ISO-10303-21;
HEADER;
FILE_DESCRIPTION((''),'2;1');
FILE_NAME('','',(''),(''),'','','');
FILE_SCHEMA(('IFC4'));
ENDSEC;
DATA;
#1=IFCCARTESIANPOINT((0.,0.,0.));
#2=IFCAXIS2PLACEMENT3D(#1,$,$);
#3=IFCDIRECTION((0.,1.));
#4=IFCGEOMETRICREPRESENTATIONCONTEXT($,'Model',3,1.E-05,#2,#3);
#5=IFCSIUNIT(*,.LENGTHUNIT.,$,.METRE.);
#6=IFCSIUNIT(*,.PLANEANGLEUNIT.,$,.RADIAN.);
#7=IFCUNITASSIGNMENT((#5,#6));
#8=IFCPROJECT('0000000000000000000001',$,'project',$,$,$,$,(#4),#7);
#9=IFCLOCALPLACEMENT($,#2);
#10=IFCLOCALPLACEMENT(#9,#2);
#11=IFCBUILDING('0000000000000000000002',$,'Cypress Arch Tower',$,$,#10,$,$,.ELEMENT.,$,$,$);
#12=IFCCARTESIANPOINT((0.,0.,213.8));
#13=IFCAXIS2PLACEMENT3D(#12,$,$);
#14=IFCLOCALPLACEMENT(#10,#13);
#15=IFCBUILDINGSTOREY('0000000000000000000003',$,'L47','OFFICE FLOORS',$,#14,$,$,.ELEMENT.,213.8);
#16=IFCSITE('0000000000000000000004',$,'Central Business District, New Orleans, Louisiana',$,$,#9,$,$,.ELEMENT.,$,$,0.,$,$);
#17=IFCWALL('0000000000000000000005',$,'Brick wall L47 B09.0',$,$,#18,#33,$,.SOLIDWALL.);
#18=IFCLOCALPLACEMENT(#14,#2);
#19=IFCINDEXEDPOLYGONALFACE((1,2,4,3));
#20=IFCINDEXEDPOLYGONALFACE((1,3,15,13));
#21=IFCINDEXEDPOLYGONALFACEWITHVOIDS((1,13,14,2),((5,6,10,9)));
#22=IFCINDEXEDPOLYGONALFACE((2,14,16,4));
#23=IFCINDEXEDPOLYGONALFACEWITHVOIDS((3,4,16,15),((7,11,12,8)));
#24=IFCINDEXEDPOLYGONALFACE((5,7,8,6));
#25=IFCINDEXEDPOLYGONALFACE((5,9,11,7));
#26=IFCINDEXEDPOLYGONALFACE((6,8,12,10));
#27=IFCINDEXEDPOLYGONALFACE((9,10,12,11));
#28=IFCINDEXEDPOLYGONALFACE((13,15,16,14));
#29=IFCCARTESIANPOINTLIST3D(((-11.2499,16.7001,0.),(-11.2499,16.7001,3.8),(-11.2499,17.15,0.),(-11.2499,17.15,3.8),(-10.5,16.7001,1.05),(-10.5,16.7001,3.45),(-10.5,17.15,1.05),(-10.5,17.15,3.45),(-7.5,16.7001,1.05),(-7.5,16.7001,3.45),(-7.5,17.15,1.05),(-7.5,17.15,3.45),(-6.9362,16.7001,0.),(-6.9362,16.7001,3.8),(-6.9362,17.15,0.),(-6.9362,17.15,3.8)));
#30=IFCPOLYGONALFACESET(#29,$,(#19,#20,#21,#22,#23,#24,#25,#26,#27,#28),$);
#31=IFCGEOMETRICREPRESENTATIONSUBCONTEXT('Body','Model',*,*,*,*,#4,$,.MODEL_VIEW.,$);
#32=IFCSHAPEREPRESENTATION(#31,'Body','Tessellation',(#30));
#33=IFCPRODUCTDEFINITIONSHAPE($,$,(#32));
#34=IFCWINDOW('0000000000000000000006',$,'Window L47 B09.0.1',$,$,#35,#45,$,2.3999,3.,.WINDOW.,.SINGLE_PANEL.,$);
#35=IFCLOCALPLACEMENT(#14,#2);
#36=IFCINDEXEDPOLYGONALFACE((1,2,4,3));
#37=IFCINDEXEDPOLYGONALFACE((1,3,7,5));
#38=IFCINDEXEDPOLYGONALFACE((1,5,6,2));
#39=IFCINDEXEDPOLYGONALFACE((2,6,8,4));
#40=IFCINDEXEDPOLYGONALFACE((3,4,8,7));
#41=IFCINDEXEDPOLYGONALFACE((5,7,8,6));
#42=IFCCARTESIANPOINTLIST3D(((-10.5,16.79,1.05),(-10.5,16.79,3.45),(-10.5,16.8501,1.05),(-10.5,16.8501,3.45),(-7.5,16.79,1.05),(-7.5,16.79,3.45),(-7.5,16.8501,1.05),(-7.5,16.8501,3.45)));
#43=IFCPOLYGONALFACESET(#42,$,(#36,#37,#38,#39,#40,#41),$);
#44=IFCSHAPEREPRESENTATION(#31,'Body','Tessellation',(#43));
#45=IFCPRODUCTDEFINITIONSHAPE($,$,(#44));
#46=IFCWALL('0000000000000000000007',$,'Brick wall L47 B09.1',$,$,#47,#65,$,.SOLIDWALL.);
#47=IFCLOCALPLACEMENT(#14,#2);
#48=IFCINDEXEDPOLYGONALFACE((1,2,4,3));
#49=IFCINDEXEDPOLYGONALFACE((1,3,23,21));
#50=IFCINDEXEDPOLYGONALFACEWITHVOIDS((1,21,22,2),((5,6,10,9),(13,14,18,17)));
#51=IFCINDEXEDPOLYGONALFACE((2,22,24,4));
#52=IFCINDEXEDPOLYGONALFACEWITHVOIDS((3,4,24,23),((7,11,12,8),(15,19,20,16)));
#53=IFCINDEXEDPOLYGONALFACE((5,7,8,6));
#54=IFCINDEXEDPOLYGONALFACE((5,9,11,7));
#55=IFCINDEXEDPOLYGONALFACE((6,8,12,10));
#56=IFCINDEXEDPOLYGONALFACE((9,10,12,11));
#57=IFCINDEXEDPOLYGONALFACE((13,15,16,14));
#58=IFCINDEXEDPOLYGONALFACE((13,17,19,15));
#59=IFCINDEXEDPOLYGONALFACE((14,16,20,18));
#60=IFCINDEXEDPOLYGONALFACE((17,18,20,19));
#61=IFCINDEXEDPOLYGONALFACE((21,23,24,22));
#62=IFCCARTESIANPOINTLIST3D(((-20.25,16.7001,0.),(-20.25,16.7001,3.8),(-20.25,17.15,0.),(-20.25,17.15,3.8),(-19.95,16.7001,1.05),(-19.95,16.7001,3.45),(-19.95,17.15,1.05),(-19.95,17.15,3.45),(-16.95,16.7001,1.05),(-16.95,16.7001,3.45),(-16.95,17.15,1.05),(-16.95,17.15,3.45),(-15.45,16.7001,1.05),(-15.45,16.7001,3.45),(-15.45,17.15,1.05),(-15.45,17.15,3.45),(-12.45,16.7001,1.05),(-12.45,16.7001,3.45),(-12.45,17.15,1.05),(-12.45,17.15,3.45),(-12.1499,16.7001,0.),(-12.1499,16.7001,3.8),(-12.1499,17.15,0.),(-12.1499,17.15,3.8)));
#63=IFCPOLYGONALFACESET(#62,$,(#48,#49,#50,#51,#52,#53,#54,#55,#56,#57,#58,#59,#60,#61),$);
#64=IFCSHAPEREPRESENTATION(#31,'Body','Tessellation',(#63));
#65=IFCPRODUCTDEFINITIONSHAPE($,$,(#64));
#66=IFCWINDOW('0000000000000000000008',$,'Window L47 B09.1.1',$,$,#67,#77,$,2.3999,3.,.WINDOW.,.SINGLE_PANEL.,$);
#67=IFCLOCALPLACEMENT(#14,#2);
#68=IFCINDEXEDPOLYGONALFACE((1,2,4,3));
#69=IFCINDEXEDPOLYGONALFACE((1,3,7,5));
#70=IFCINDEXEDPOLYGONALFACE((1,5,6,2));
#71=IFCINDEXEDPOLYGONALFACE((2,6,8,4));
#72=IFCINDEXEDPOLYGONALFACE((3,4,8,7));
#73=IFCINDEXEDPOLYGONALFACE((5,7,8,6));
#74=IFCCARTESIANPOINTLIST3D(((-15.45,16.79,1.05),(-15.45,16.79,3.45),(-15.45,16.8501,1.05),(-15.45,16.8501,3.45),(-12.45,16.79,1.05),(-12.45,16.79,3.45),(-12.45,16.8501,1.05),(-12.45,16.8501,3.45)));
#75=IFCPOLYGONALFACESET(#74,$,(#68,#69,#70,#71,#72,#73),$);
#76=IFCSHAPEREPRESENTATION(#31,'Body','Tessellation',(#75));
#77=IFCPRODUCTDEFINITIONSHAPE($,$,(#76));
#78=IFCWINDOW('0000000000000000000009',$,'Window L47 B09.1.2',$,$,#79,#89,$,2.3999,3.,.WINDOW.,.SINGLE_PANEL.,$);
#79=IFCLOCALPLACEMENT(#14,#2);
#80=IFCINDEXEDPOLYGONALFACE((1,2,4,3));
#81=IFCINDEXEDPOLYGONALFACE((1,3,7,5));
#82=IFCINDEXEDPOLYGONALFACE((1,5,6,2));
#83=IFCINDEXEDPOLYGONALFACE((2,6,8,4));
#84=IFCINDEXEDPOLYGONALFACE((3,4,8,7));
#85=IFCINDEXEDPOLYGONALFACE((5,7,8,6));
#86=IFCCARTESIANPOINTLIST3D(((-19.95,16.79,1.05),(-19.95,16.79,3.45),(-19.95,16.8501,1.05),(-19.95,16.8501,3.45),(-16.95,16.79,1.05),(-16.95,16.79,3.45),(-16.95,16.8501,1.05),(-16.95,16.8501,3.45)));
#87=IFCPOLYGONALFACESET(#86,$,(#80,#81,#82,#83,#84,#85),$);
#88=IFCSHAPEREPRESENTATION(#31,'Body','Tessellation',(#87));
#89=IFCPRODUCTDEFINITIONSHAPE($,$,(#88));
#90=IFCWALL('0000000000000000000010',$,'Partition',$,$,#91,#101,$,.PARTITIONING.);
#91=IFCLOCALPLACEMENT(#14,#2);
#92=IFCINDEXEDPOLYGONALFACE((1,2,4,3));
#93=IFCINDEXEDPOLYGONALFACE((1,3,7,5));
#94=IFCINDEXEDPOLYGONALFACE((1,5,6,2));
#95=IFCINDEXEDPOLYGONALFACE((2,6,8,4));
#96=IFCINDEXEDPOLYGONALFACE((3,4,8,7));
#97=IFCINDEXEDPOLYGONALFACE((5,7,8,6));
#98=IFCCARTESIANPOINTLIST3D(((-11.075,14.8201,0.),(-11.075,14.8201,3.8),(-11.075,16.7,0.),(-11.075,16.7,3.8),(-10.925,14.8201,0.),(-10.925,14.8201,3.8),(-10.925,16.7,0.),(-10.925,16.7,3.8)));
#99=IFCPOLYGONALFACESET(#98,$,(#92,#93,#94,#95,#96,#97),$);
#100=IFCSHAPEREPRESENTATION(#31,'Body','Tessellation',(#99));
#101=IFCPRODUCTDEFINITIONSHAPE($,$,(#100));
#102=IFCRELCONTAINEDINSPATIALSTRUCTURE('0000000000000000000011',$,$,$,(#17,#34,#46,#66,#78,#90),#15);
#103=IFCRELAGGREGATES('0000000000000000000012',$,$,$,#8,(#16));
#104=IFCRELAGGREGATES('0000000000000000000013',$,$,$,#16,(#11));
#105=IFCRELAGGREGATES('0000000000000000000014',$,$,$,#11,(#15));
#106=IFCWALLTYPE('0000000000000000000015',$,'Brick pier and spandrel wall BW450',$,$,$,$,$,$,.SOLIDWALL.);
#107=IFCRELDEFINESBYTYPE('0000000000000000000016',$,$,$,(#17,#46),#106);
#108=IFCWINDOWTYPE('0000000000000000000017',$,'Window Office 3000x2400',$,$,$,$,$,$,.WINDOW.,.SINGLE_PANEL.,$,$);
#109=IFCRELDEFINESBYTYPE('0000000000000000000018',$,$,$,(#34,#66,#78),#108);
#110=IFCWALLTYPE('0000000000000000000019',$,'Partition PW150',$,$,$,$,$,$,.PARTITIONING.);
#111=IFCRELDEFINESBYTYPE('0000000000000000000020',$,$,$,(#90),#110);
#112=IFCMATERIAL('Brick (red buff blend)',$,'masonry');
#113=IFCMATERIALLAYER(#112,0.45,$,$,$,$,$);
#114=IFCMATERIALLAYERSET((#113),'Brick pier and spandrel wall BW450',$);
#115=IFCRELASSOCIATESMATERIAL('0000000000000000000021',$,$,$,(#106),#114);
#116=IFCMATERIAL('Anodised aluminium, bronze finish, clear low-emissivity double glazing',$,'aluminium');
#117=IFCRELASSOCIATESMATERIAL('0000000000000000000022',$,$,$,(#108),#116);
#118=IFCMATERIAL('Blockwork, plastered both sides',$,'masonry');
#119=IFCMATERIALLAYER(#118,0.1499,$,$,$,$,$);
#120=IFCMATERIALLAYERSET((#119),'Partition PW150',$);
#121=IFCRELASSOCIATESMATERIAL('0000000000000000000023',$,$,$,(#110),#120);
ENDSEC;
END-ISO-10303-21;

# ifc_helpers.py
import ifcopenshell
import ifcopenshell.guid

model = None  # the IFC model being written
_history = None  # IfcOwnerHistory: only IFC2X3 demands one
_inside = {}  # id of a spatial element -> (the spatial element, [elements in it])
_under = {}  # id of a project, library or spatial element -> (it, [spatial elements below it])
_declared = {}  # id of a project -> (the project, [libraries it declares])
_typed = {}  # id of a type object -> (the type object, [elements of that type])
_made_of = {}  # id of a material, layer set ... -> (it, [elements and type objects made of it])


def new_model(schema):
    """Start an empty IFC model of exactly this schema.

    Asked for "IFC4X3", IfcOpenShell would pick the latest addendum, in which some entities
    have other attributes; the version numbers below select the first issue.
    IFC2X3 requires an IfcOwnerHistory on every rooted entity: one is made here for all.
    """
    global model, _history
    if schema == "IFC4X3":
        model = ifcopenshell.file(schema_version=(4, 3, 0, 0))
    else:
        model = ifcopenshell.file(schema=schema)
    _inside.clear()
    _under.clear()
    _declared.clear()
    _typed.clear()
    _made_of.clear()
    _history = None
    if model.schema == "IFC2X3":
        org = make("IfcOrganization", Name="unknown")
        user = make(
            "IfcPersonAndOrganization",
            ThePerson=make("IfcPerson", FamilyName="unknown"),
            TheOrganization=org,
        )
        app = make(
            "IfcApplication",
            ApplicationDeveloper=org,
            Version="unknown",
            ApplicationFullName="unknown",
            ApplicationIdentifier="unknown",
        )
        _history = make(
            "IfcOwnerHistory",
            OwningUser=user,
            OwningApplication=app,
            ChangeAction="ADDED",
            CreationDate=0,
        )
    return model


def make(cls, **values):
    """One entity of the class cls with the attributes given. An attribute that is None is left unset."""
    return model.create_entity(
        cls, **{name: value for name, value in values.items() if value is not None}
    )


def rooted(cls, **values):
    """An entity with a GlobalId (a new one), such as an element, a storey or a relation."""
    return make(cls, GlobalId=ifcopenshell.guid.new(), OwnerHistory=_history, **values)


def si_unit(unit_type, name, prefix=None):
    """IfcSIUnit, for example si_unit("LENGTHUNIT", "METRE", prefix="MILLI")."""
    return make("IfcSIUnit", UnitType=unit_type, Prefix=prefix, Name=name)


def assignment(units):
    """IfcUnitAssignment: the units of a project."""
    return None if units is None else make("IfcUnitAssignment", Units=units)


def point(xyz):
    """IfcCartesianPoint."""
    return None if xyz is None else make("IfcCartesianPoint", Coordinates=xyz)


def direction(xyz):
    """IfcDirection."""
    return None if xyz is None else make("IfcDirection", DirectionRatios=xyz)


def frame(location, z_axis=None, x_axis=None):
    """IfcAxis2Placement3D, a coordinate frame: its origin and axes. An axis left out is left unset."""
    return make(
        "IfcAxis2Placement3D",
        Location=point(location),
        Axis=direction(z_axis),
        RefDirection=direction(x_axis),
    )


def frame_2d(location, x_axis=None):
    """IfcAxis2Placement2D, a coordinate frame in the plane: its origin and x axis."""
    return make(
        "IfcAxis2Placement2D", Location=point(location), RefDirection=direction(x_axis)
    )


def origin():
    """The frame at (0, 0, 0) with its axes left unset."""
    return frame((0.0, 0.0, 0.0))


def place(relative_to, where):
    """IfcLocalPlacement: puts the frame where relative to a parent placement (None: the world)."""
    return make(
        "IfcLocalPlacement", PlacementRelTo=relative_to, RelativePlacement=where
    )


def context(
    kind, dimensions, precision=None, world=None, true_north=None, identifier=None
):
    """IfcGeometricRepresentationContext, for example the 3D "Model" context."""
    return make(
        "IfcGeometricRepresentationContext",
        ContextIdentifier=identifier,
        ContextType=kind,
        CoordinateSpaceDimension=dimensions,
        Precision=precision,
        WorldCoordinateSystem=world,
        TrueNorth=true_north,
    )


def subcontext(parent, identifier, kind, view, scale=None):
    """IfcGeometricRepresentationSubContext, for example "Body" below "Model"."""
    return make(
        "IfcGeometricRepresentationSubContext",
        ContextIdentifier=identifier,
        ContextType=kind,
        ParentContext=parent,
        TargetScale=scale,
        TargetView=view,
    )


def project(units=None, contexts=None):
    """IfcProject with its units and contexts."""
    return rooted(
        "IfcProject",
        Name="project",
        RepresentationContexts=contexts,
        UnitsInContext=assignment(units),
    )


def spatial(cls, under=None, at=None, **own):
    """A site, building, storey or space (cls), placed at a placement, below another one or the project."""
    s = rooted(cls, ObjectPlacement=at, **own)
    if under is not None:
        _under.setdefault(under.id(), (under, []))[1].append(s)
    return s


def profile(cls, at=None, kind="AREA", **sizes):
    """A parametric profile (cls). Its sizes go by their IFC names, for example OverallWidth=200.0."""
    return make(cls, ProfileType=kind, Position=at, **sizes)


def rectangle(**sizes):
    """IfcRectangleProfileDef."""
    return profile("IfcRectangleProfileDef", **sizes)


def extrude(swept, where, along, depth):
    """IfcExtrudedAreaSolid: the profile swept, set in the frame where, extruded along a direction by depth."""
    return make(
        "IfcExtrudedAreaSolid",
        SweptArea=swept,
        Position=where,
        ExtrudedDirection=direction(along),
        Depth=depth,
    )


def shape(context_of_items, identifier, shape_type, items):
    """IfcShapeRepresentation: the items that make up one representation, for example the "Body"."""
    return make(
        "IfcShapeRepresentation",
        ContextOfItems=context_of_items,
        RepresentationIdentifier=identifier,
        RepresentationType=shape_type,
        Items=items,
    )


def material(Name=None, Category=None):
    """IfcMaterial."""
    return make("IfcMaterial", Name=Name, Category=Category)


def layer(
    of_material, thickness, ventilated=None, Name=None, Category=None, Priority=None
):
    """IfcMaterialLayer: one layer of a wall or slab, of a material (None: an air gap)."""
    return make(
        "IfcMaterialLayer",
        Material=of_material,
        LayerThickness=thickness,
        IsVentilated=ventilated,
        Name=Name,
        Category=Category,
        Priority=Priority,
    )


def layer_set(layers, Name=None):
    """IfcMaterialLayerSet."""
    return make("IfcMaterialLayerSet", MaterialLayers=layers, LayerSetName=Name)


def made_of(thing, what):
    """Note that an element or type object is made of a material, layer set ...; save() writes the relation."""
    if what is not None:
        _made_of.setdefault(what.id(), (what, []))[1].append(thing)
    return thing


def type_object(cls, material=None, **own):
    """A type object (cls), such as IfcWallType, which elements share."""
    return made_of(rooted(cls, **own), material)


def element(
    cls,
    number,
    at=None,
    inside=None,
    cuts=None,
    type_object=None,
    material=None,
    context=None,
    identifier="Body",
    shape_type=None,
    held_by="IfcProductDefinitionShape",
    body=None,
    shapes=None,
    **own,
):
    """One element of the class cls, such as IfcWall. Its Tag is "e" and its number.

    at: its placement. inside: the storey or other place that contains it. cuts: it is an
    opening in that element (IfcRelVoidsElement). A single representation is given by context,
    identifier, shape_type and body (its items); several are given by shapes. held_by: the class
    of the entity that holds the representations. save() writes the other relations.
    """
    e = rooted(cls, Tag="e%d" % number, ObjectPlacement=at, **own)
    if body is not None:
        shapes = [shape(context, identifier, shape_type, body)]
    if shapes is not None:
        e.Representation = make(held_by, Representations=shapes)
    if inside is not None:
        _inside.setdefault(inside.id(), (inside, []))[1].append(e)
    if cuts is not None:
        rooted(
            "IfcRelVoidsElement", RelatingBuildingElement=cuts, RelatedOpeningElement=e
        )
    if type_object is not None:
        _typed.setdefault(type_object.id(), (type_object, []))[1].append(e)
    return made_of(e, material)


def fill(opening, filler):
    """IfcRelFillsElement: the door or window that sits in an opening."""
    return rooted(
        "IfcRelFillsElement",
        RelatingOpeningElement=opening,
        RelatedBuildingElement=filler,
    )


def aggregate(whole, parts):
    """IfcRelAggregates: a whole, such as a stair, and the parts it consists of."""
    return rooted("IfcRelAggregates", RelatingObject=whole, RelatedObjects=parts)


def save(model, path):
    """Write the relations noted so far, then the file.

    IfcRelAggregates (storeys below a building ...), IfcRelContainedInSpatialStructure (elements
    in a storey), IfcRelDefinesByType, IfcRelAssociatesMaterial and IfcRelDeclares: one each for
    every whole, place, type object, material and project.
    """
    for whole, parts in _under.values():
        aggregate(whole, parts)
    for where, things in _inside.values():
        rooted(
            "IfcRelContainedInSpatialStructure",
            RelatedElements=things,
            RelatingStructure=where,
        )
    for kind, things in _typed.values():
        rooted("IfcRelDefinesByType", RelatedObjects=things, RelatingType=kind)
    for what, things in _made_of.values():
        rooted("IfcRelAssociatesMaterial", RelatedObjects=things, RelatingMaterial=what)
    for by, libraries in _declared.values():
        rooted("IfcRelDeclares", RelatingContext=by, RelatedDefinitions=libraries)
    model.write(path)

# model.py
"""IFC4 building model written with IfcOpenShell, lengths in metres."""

from ifc_helpers import new_model, si_unit, direction, frame, frame_2d, origin, place, context, subcontext, project, spatial, rectangle, extrude, material, layer, layer_set, type_object, element, fill, save


model = new_model("IFC4")

# Units and contexts
model_context = context("Model", 3, precision=1e-05, world=origin(), true_north=direction((0.0, 1.0)))
body_context = subcontext(model_context, "Body", "Model", "MODEL_VIEW")
ifc_project = project(units=[si_unit("LENGTHUNIT", "METRE"), si_unit("PLANEANGLEUNIT", "RADIAN")], contexts=[model_context])

# Site, building, storey
site_placement = place(None, origin())
site = spatial("IfcSite", under=ifc_project, at=site_placement, Name="Central Business District, New Orleans, Louisiana", CompositionType="ELEMENT", RefElevation=0.0)
building_placement = place(site_placement, origin())
building = spatial("IfcBuilding", under=site, at=building_placement, Name="Cypress Arch Tower", CompositionType="ELEMENT")
storey_placement = place(building_placement, frame((0.0, 0.0, 213.8)))
storey = spatial("IfcBuildingStorey", under=building, at=storey_placement, Name="L47", Description="OFFICE FLOORS", CompositionType="ELEMENT", Elevation=213.8)

# Wall, opening, window
ifc_material_1 = material(Name="Brick (red buff blend)", Category="masonry")
ifc_layer_1 = layer(ifc_material_1, 0.45)
ifc_layer_set_1 = layer_set([ifc_layer_1], Name="Brick pier and spandrel wall BW450")
wall_type_1 = type_object("IfcWallType", Name="Brick pier and spandrel wall BW450", PredefinedType="SOLIDWALL", material=ifc_layer_set_1)
wall_1_placement = place(storey_placement, frame((-6.9363, 16.925, 0.0), z_axis=(0.0, 0.0, 1.0), x_axis=(-1.0, 0.0, 0.0)))
wall_1 = element("IfcWall", 1, at=wall_1_placement, inside=storey, type_object=wall_type_1, Name="Brick wall L47 B09.0", PredefinedType="SOLIDWALL", context=body_context, shape_type="SweptSolid", body=[
    extrude(rectangle(XDim=4.3137, YDim=0.45, at=frame_2d((2.1567, 0.0))), origin(), (0.0, 0.0, 1.0), 3.8),
])
opening_1_placement = place(wall_1_placement, frame((0.5637, 0.0, 1.05)))
opening_1 = element("IfcOpeningElement", 2, at=opening_1_placement, cuts=wall_1, PredefinedType="OPENING", context=body_context, shape_type="SweptSolid", body=[
    extrude(rectangle(XDim=3.0, YDim=2.3999, at=frame_2d((1.5, 1.2))), frame((0.0, 0.2349, 0.0), z_axis=(0.0, -1.0, 0.0), x_axis=(1.0, 0.0, 0.0)), (0.0, 0.0, 1.0), 0.47),
])
ifc_material_2 = material(Name="Anodised aluminium, bronze finish, clear low-emissivity double glazing", Category="aluminium")
window_type = type_object("IfcWindowType", Name="Window Office 3000x2400", PartitioningType="SINGLE_PANEL", PredefinedType="WINDOW", material=ifc_material_2)
window_1_placement = place(opening_1_placement, origin())
window_1 = element("IfcWindow", 3, at=window_1_placement, inside=storey, type_object=window_type, Name="Window L47 B09.0.1", OverallHeight=2.3999, OverallWidth=3.0, PartitioningType="SINGLE_PANEL", PredefinedType="WINDOW", context=body_context, shape_type="SweptSolid", body=[
    extrude(rectangle(XDim=3.0, YDim=2.3999, at=frame_2d((1.5, 1.2))), frame((0.0, 0.135, 0.0), z_axis=(0.0, -1.0, 0.0), x_axis=(1.0, 0.0, 0.0)), (0.0, 0.0, 1.0), 0.0601),
])
fill(opening_1, window_1)

# Wall, openings, windows
wall_2_placement = place(storey_placement, frame((-12.1499, 16.925, 0.0), z_axis=(0.0, 0.0, 1.0), x_axis=(-1.0, 0.0, 0.0)))
wall_2 = element("IfcWall", 4, at=wall_2_placement, inside=storey, type_object=wall_type_1, Name="Brick wall L47 B09.1", PredefinedType="SOLIDWALL", context=body_context, shape_type="SweptSolid", body=[
    extrude(rectangle(XDim=8.1001, YDim=0.45, at=frame_2d((4.05, 0.0))), origin(), (0.0, 0.0, 1.0), 3.8),
])
opening_2_placement = place(wall_2_placement, frame((0.3, 0.0, 1.05)))
opening_2 = element("IfcOpeningElement", 5, at=opening_2_placement, cuts=wall_2, PredefinedType="OPENING", context=body_context, shape_type="SweptSolid", body=[
    extrude(rectangle(XDim=3.0, YDim=2.3999, at=frame_2d((1.5, 1.2))), frame((0.0, 0.2349, 0.0), z_axis=(0.0, -1.0, 0.0), x_axis=(1.0, 0.0, 0.0)), (0.0, 0.0, 1.0), 0.47),
])
opening_3_placement = place(wall_2_placement, frame((4.8, 0.0, 1.05)))
opening_3 = element("IfcOpeningElement", 6, at=opening_3_placement, cuts=wall_2, PredefinedType="OPENING", context=body_context, shape_type="SweptSolid", body=[
    extrude(rectangle(XDim=3.0, YDim=2.3999, at=frame_2d((1.5, 1.2))), frame((0.0, 0.2349, 0.0), z_axis=(0.0, -1.0, 0.0), x_axis=(1.0, 0.0, 0.0)), (0.0, 0.0, 1.0), 0.47),
])
window_2_placement = place(opening_2_placement, origin())
window_2 = element("IfcWindow", 7, at=window_2_placement, inside=storey, type_object=window_type, Name="Window L47 B09.1.1", OverallHeight=2.3999, OverallWidth=3.0, PartitioningType="SINGLE_PANEL", PredefinedType="WINDOW", context=body_context, shape_type="SweptSolid", body=[
    extrude(rectangle(XDim=3.0, YDim=2.3999, at=frame_2d((1.5, 1.2))), frame((0.0, 0.135, 0.0), z_axis=(0.0, -1.0, 0.0), x_axis=(1.0, 0.0, 0.0)), (0.0, 0.0, 1.0), 0.0601),
])
fill(opening_2, window_2)
window_3_placement = place(opening_3_placement, origin())
window_3 = element("IfcWindow", 8, at=window_3_placement, inside=storey, type_object=window_type, Name="Window L47 B09.1.2", OverallHeight=2.3999, OverallWidth=3.0, PartitioningType="SINGLE_PANEL", PredefinedType="WINDOW", context=body_context, shape_type="SweptSolid", body=[
    extrude(rectangle(XDim=3.0, YDim=2.3999, at=frame_2d((1.5, 1.2))), frame((0.0, 0.135, 0.0), z_axis=(0.0, -1.0, 0.0), x_axis=(1.0, 0.0, 0.0)), (0.0, 0.0, 1.0), 0.0601),
])
fill(opening_3, window_3)

# Wall
ifc_material_3 = material(Name="Blockwork, plastered both sides", Category="masonry")
ifc_layer_2 = layer(ifc_material_3, 0.1499)
ifc_layer_set_2 = layer_set([ifc_layer_2], Name="Partition PW150")
wall_type_2 = type_object("IfcWallType", Name="Partition PW150", PredefinedType="PARTITIONING", material=ifc_layer_set_2)
wall_3_placement = place(storey_placement, frame((-11.0, 14.8201, 0.0), z_axis=(0.0, 0.0, 1.0), x_axis=(0.0, 1.0, 0.0)))
element("IfcWall", 9, at=wall_3_placement, inside=storey, type_object=wall_type_2, Name="Partition", PredefinedType="PARTITIONING", context=body_context, shape_type="SweptSolid", body=[
    extrude(rectangle(XDim=1.8799, YDim=0.1499, at=frame_2d((0.9399, 0.0))), origin(), (0.0, 0.0, 1.0), 3.8),
])

save(model, "model.ifc")
